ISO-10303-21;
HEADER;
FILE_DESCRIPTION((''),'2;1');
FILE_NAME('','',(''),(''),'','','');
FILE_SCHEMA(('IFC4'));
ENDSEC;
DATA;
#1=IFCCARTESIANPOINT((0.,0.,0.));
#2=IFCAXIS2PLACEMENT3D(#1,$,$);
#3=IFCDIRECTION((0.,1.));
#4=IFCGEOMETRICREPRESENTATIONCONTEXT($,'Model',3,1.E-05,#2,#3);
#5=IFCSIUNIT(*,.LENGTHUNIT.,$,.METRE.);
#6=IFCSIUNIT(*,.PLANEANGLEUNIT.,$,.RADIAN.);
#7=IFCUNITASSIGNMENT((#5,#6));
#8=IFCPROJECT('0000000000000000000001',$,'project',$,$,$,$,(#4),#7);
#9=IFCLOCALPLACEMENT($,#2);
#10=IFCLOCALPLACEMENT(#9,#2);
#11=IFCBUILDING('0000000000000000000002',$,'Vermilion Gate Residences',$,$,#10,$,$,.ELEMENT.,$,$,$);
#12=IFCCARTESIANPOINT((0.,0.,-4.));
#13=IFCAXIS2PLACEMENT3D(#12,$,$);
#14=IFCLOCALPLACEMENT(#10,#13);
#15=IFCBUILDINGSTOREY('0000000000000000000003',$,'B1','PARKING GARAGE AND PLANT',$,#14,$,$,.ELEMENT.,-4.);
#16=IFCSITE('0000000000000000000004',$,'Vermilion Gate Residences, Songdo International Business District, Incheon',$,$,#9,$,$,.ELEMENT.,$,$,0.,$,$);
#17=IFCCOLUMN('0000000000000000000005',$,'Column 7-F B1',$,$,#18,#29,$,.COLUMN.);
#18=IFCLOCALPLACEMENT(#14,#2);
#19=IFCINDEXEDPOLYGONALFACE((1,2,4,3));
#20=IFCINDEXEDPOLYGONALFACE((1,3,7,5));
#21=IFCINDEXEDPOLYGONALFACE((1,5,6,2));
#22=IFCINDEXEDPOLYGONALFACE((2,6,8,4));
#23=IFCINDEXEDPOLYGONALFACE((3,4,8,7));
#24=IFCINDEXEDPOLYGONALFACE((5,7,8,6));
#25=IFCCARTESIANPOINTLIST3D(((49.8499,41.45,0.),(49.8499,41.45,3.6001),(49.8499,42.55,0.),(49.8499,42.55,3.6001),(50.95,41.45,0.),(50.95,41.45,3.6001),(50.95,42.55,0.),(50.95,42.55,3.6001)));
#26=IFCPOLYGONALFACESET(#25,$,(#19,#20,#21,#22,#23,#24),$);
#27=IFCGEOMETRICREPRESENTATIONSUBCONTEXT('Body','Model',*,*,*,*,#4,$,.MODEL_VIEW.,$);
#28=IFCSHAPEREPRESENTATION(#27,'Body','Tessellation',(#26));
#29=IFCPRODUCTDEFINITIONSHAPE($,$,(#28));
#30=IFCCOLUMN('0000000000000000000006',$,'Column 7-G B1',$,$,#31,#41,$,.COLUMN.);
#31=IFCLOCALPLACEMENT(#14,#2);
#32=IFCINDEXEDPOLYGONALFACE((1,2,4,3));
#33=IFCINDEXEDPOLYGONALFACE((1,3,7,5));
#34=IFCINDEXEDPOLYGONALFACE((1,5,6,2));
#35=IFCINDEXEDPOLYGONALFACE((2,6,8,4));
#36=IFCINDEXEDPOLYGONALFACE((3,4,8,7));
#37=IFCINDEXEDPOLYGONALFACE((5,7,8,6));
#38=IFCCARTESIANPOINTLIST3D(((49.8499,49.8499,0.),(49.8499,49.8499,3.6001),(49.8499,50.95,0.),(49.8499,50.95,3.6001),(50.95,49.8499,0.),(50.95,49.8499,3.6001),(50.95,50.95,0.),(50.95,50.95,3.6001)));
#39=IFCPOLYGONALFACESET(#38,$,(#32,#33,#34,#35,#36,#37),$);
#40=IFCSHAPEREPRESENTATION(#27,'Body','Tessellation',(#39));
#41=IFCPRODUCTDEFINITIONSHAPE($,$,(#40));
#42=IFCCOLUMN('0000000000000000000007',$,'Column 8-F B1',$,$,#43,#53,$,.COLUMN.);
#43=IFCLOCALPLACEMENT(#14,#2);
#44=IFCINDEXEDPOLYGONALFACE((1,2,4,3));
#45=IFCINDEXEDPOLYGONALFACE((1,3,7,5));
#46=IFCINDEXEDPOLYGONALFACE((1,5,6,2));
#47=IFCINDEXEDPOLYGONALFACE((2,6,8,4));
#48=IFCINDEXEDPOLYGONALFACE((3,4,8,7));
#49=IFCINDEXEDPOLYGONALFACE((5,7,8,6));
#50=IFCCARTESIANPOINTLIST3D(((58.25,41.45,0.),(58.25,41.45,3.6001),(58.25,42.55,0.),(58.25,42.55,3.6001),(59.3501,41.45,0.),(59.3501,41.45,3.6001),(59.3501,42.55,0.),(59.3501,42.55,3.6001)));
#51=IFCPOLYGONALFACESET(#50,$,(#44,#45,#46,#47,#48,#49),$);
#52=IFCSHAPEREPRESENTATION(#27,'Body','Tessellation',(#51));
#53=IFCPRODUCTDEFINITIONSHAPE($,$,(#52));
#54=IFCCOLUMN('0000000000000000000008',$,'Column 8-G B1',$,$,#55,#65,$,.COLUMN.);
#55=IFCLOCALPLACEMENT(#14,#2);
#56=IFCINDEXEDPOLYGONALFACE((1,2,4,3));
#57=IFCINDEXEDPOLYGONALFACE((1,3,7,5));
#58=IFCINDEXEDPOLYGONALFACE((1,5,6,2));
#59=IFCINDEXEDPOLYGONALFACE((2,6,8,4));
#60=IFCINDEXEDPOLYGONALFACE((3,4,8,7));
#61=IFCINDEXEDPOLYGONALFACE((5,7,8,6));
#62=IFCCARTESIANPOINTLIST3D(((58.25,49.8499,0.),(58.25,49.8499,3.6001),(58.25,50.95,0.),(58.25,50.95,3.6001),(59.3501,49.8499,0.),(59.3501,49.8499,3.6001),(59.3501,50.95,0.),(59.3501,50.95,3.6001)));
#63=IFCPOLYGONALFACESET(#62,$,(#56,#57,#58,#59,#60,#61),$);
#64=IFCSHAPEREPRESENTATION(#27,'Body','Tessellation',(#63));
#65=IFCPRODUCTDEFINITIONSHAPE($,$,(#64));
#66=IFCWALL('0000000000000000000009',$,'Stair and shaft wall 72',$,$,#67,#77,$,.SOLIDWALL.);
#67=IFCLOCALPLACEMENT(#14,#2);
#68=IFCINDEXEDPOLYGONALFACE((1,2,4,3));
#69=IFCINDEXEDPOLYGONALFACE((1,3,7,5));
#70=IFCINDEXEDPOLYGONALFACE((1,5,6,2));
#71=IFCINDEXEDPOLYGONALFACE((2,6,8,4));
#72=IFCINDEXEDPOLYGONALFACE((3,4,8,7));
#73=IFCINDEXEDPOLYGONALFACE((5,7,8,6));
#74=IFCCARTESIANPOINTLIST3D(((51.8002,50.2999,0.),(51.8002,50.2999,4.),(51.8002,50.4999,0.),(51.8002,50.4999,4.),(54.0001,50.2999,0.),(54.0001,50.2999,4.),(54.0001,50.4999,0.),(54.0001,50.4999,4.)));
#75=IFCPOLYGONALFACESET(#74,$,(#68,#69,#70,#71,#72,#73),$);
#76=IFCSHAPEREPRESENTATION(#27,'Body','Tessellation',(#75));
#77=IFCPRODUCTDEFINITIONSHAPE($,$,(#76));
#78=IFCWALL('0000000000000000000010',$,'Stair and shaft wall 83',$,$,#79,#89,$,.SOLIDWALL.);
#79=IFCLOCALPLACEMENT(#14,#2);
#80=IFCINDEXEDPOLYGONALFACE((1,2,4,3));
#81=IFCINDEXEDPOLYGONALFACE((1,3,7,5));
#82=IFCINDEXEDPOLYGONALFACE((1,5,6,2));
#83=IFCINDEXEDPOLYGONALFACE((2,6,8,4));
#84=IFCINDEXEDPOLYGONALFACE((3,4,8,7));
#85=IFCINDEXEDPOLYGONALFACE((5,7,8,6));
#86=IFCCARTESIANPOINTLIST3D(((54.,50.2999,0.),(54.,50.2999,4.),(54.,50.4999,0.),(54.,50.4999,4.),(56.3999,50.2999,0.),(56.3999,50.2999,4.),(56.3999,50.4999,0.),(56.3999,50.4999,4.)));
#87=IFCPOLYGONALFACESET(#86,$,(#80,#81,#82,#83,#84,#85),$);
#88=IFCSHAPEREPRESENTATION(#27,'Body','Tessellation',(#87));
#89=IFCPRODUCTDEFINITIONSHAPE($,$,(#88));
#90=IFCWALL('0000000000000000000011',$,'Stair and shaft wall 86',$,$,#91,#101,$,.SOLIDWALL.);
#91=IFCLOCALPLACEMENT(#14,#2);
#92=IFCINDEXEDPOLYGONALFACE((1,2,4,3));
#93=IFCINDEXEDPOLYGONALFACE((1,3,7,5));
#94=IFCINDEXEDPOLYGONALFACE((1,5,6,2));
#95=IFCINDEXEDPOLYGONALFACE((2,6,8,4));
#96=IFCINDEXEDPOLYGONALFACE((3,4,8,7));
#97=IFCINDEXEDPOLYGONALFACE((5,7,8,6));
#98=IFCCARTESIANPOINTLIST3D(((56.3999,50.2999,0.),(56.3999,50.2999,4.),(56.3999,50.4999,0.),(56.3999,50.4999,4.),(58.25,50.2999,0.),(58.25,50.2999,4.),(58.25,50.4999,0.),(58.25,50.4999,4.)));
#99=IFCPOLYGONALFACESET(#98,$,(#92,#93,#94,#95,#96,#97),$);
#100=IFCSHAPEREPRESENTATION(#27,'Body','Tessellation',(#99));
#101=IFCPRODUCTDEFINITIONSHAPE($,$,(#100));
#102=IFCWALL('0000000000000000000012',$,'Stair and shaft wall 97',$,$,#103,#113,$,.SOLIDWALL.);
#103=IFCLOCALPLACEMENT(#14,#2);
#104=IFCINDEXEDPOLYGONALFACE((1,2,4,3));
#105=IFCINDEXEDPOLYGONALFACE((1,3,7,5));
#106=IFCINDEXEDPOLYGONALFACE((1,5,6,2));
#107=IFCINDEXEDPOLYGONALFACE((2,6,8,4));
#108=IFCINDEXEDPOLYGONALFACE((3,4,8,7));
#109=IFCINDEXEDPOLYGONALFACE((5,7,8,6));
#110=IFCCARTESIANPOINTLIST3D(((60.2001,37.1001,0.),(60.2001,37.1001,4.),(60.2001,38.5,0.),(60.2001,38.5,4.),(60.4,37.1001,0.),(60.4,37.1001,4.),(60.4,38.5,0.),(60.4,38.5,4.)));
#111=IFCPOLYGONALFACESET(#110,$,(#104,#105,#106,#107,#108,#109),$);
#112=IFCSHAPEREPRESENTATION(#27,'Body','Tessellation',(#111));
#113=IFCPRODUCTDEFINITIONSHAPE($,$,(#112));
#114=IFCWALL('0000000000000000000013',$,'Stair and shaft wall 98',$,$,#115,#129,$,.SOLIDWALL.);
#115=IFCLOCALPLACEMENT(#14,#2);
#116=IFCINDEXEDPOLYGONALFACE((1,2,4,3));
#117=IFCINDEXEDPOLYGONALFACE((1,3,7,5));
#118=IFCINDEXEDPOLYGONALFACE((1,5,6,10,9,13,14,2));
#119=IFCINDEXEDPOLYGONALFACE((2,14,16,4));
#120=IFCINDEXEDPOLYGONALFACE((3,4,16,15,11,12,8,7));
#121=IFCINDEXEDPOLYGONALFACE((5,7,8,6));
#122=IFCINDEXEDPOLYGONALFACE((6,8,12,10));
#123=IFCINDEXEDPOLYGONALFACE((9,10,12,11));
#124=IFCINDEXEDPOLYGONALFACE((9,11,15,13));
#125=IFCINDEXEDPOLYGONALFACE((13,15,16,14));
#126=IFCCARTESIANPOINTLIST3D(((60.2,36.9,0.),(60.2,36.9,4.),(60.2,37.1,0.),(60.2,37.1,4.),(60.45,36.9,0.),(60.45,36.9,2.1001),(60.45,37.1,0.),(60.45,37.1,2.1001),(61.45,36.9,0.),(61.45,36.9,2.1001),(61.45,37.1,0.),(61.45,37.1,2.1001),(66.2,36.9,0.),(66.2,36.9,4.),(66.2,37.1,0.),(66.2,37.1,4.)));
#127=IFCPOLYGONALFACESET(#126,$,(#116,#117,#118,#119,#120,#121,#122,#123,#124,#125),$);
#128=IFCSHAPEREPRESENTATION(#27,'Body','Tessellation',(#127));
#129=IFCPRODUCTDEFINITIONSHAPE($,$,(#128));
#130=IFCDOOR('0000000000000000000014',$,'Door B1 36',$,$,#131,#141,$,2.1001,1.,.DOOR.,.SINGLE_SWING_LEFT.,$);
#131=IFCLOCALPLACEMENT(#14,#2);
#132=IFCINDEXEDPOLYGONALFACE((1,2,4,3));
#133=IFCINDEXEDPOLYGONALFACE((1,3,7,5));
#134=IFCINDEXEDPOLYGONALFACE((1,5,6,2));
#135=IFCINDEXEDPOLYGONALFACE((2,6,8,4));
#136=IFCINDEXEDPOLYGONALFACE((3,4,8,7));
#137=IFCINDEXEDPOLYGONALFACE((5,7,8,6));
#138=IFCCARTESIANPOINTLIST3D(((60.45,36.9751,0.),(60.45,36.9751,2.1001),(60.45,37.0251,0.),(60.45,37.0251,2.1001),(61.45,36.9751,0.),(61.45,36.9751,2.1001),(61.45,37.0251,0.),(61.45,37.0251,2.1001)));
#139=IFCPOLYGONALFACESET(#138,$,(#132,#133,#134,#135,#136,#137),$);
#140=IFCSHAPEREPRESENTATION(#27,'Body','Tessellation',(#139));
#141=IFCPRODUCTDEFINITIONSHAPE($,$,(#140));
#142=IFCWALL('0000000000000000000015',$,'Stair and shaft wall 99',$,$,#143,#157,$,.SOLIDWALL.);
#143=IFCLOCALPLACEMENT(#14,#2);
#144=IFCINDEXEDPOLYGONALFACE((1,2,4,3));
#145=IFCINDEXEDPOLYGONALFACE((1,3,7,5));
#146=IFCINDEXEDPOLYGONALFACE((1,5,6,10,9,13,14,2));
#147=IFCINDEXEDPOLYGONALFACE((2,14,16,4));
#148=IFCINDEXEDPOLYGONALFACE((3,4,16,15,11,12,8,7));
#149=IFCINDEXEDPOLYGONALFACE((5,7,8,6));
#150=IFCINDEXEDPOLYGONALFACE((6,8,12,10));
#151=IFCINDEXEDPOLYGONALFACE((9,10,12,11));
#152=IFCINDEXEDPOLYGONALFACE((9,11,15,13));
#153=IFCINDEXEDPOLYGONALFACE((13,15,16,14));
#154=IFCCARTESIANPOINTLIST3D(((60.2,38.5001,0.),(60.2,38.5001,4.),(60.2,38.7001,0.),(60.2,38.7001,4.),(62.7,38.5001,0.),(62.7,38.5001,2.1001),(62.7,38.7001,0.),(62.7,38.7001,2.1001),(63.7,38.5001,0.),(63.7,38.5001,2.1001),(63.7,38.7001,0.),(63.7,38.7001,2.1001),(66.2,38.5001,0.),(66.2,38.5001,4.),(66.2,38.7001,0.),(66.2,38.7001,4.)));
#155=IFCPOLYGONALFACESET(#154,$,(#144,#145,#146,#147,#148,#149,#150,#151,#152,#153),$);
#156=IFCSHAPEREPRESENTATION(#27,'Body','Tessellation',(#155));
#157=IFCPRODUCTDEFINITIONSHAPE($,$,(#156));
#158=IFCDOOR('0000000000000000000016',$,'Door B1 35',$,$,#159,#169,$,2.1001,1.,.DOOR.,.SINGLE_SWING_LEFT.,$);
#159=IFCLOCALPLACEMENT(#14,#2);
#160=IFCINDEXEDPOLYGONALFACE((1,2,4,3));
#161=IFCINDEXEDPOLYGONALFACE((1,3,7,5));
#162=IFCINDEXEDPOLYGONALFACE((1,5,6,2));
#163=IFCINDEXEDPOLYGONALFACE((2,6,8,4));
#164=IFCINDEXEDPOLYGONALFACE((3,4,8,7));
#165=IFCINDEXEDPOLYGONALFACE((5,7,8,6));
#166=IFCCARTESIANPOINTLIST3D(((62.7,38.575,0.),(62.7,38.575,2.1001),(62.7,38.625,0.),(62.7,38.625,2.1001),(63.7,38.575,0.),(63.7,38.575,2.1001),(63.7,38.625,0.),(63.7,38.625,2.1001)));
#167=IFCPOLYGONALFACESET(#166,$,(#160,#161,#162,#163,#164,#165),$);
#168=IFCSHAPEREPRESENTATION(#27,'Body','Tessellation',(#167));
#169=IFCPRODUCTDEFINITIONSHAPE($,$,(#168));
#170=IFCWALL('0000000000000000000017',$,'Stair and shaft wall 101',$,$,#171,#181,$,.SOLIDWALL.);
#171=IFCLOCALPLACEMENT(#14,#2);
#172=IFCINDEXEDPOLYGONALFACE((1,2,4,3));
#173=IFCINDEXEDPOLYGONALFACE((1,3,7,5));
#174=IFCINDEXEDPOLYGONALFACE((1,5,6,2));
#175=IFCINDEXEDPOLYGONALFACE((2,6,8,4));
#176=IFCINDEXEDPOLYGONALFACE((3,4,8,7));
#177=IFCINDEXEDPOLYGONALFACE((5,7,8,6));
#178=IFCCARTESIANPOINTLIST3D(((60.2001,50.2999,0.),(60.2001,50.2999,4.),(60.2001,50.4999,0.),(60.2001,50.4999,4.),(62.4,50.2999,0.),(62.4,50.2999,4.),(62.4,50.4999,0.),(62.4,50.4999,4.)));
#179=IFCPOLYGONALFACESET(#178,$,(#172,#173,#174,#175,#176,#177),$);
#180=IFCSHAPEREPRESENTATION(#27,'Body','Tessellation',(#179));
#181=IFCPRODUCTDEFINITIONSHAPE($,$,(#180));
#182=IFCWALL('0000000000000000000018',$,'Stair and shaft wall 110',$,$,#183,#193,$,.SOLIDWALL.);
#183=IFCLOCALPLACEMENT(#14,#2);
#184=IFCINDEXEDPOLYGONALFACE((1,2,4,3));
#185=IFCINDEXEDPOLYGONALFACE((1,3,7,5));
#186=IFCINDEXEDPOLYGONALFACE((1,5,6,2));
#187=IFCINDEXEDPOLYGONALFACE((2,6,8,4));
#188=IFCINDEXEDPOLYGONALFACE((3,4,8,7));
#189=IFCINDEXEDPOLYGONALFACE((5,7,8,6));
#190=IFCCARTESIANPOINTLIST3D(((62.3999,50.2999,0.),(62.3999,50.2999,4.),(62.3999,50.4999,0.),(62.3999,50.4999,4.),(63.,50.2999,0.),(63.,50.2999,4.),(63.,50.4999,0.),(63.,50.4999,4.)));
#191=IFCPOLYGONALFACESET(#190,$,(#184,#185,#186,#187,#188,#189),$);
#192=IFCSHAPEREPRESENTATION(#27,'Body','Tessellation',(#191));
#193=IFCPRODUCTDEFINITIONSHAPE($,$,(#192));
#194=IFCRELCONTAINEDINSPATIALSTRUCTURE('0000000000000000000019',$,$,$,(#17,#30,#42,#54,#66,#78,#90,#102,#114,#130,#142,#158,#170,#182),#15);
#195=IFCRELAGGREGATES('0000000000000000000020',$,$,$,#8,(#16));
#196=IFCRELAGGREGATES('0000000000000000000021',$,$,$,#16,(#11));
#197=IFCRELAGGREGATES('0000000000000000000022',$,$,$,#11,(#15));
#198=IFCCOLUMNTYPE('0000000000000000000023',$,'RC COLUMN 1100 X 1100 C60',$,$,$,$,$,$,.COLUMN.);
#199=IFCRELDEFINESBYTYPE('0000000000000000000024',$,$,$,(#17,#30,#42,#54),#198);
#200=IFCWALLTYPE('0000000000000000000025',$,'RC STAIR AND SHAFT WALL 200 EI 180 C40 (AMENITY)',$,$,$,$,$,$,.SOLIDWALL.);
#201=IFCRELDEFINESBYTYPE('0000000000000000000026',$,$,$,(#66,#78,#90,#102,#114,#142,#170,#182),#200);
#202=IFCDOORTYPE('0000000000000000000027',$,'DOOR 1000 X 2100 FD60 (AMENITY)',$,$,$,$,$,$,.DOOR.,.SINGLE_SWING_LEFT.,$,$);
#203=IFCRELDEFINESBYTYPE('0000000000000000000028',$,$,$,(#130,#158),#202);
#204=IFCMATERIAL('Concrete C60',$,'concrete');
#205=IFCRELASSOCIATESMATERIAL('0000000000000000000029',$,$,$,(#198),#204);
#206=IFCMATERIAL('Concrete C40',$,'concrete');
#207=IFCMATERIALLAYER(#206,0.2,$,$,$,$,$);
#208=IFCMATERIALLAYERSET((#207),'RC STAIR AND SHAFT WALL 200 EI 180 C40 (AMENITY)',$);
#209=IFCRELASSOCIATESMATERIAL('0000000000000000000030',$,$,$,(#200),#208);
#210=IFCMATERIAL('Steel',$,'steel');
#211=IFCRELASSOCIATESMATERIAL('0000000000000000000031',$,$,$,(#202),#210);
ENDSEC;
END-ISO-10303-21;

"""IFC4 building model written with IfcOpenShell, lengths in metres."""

from ifc_helpers import new_model, si_unit, direction, frame, frame_2d, origin, origin_2d, place, context, subcontext, project, spatial, rectangle, extrude, material, layer, layer_set, material_profile, profile_set, type_object, element, fill, save


model = new_model("IFC4")

# Units and contexts
model_context = context("Model", 3, precision=1e-05, world=origin(), true_north=direction((0.0, 1.0)))
body_context = subcontext(model_context, "Body", "Model", "MODEL_VIEW")
ifc_project = project(units=[si_unit("LENGTHUNIT", "METRE"), si_unit("PLANEANGLEUNIT", "RADIAN")], contexts=[model_context])

# Site, building, storey
site_placement = place(None, origin())
site = spatial("IfcSite", under=ifc_project, at=site_placement, Name="Vermilion Gate Residences, Songdo International Business District, Incheon", CompositionType="ELEMENT", RefElevation=0.0)
building_placement = place(site_placement, origin())
building = spatial("IfcBuilding", under=site, at=building_placement, Name="Vermilion Gate Residences", CompositionType="ELEMENT")
storey_placement = place(building_placement, frame((0.0, 0.0, -4.0)))
storey = spatial("IfcBuildingStorey", under=building, at=storey_placement, Name="B1", Description="PARKING GARAGE AND PLANT", CompositionType="ELEMENT", Elevation=-4.0)

# Columns
ifc_material_1 = material(Name="Concrete C60", Category="concrete")
ifc_material_profile = material_profile(ifc_material_1, rectangle(XDim=1.1001, YDim=1.1001, at=origin_2d()), Name="RC-1100x1100")
ifc_profile_set = profile_set([ifc_material_profile], Name="Concrete C60")
column_type = type_object("IfcColumnType", Name="RC COLUMN 1100 X 1100 C60", PredefinedType="COLUMN", material=ifc_profile_set)
for number, where, z_axis, x_axis, name in (
    (1, (50.3999, 42.0, 0.0), (0.0, 0.0, 1.0), (1.0, 0.0, 0.0), "Column 7-F B1"),
    (2, (50.3999, 50.3999, 0.0), (0.0, 0.0, 1.0), (1.0, 0.0, 0.0), "Column 7-G B1"),
    (3, (58.8, 42.0, 0.0), (0.0, 0.0, 1.0), (1.0, 0.0, 0.0), "Column 8-F B1"),
    (4, (58.8, 50.3999, 0.0), (0.0, 0.0, 1.0), (1.0, 0.0, 0.0), "Column 8-G B1"),
):
    element("IfcColumn", number, at=place(storey_placement, frame(where, z_axis=z_axis, x_axis=x_axis)), inside=storey, type_object=column_type, Name=name, PredefinedType="COLUMN", context=body_context, shape_type="SweptSolid", body=[
        extrude(rectangle(XDim=1.1001, YDim=1.1001, at=origin_2d()), origin(), (0.0, 0.0, 1.0), 3.6001),
    ])

# Walls
ifc_material_2 = material(Name="Concrete C40", Category="concrete")
ifc_layer = layer(ifc_material_2, 0.2)
ifc_layer_set = layer_set([ifc_layer], Name="RC STAIR AND SHAFT WALL 200 EI 180 C40 (AMENITY)")
wall_type = type_object("IfcWallType", Name="RC STAIR AND SHAFT WALL 200 EI 180 C40 (AMENITY)", PredefinedType="SOLIDWALL", material=ifc_layer_set)
wall_1_placement = place(storey_placement, frame((51.8, 50.3999, 0.0), z_axis=(0.0, 0.0, 1.0), x_axis=(1.0, 0.0, 0.0)))
element("IfcWall", 5, at=wall_1_placement, inside=storey, type_object=wall_type, Name="Stair and shaft wall 72", PredefinedType="SOLIDWALL", context=body_context, shape_type="SweptSolid", body=[
    extrude(rectangle(XDim=2.2, YDim=0.2, at=frame_2d((1.1001, 0.0))), origin(), (0.0, 0.0, 1.0), 4.0),
])
wall_2_placement = place(storey_placement, frame((54.0, 50.3999, 0.0), z_axis=(0.0, 0.0, 1.0), x_axis=(1.0, 0.0, 0.0)))
element("IfcWall", 6, at=wall_2_placement, inside=storey, type_object=wall_type, Name="Stair and shaft wall 83", PredefinedType="SOLIDWALL", context=body_context, shape_type="SweptSolid", body=[
    extrude(rectangle(XDim=2.3999, YDim=0.2, at=frame_2d((1.2, 0.0))), origin(), (0.0, 0.0, 1.0), 4.0),
])
wall_3_placement = place(storey_placement, frame((56.3999, 50.3999, 0.0), z_axis=(0.0, 0.0, 1.0), x_axis=(1.0, 0.0, 0.0)))
element("IfcWall", 7, at=wall_3_placement, inside=storey, type_object=wall_type, Name="Stair and shaft wall 86", PredefinedType="SOLIDWALL", context=body_context, shape_type="SweptSolid", body=[
    extrude(rectangle(XDim=1.8501, YDim=0.2, at=frame_2d((0.925, 0.0))), origin(), (0.0, 0.0, 1.0), 4.0),
])
wall_4_placement = place(storey_placement, frame((60.3, 37.1001, 0.0), z_axis=(0.0, 0.0, 1.0), x_axis=(0.0, 1.0, 0.0)))
element("IfcWall", 8, at=wall_4_placement, inside=storey, type_object=wall_type, Name="Stair and shaft wall 97", PredefinedType="SOLIDWALL", context=body_context, shape_type="SweptSolid", body=[
    extrude(rectangle(XDim=1.3999, YDim=0.2, at=frame_2d((0.7, 0.0))), origin(), (0.0, 0.0, 1.0), 4.0),
])

# Walls, openings, doors
wall_5_placement = place(storey_placement, frame((60.2, 37.0, 0.0), z_axis=(0.0, 0.0, 1.0), x_axis=(1.0, 0.0, 0.0)))
wall_5 = element("IfcWall", 9, at=wall_5_placement, inside=storey, type_object=wall_type, Name="Stair and shaft wall 98", PredefinedType="SOLIDWALL", context=body_context, shape_type="SweptSolid", body=[
    extrude(rectangle(XDim=6.0, YDim=0.2, at=frame_2d((3.0, 0.0))), origin(), (0.0, 0.0, 1.0), 4.0),
])
opening_1_placement = place(wall_5_placement, frame((0.25, 0.0, 0.0)))
opening_1 = element("IfcOpeningElement", 10, at=opening_1_placement, cuts=wall_5, PredefinedType="OPENING", context=body_context, shape_type="SweptSolid", body=[
    extrude(rectangle(XDim=1.0, YDim=2.1001, at=frame_2d((0.5, 1.05))), frame((0.0, 0.1099, 0.0), z_axis=(0.0, -1.0, 0.0), x_axis=(1.0, 0.0, 0.0)), (0.0, 0.0, 1.0), 0.22),
])
ifc_material_3 = material(Name="Steel", Category="steel")
door_type = type_object("IfcDoorType", Name="DOOR 1000 X 2100 FD60 (AMENITY)", OperationType="SINGLE_SWING_LEFT", PredefinedType="DOOR", material=ifc_material_3)
door_1_placement = place(opening_1_placement, frame((1.0, 0.0, 0.0), z_axis=(0.0, 0.0, 1.0), x_axis=(-1.0, 0.0, 0.0)))
door_1 = element("IfcDoor", 11, at=door_1_placement, inside=storey, type_object=door_type, Name="Door B1 36", OperationType="SINGLE_SWING_LEFT", OverallHeight=2.1001, OverallWidth=1.0, PredefinedType="DOOR", context=body_context, shape_type="SweptSolid", body=[
    extrude(rectangle(XDim=1.0, YDim=2.1001, at=frame_2d((0.5, 1.05))), frame((0.0, 0.0249, 0.0), z_axis=(0.0, -1.0, 0.0), x_axis=(1.0, 0.0, 0.0)), (0.0, 0.0, 1.0), 0.05),
])
fill(opening_1, door_1)
wall_6_placement = place(storey_placement, frame((60.2, 38.6001, 0.0), z_axis=(0.0, 0.0, 1.0), x_axis=(1.0, 0.0, 0.0)))
wall_6 = element("IfcWall", 12, at=wall_6_placement, inside=storey, type_object=wall_type, Name="Stair and shaft wall 99", PredefinedType="SOLIDWALL", context=body_context, shape_type="SweptSolid", body=[
    extrude(rectangle(XDim=6.0, YDim=0.2, at=frame_2d((3.0, 0.0))), origin(), (0.0, 0.0, 1.0), 4.0),
])
opening_2_placement = place(wall_6_placement, frame((2.5, 0.0, 0.0)))
opening_2 = element("IfcOpeningElement", 13, at=opening_2_placement, cuts=wall_6, PredefinedType="OPENING", context=body_context, shape_type="SweptSolid", body=[
    extrude(rectangle(XDim=1.0, YDim=2.1001, at=frame_2d((0.5, 1.05))), frame((0.0, 0.1099, 0.0), z_axis=(0.0, -1.0, 0.0), x_axis=(1.0, 0.0, 0.0)), (0.0, 0.0, 1.0), 0.22),
])
door_2_placement = place(opening_2_placement, origin())
door_2 = element("IfcDoor", 14, at=door_2_placement, inside=storey, type_object=door_type, Name="Door B1 35", OperationType="SINGLE_SWING_LEFT", OverallHeight=2.1001, OverallWidth=1.0, PredefinedType="DOOR", context=body_context, shape_type="SweptSolid", body=[
    extrude(rectangle(XDim=1.0, YDim=2.1001, at=frame_2d((0.5, 1.05))), frame((0.0, 0.0249, 0.0), z_axis=(0.0, -1.0, 0.0), x_axis=(1.0, 0.0, 0.0)), (0.0, 0.0, 1.0), 0.05),
])
fill(opening_2, door_2)

# Walls
wall_7_placement = place(storey_placement, frame((60.2, 50.3999, 0.0), z_axis=(0.0, 0.0, 1.0), x_axis=(1.0, 0.0, 0.0)))
element("IfcWall", 15, at=wall_7_placement, inside=storey, type_object=wall_type, Name="Stair and shaft wall 101", PredefinedType="SOLIDWALL", context=body_context, shape_type="SweptSolid", body=[
    extrude(rectangle(XDim=2.2, YDim=0.2, at=frame_2d((1.1001, 0.0))), origin(), (0.0, 0.0, 1.0), 4.0),
])
wall_8_placement = place(storey_placement, frame((62.3999, 50.3999, 0.0), z_axis=(0.0, 0.0, 1.0), x_axis=(1.0, 0.0, 0.0)))
element("IfcWall", 16, at=wall_8_placement, inside=storey, type_object=wall_type, Name="Stair and shaft wall 110", PredefinedType="SOLIDWALL", context=body_context, shape_type="SweptSolid", body=[
    extrude(rectangle(XDim=0.6001, YDim=0.2, at=frame_2d((0.3, 0.0))), origin(), (0.0, 0.0, 1.0), 4.0),
])

save(model, "model.ifc")
